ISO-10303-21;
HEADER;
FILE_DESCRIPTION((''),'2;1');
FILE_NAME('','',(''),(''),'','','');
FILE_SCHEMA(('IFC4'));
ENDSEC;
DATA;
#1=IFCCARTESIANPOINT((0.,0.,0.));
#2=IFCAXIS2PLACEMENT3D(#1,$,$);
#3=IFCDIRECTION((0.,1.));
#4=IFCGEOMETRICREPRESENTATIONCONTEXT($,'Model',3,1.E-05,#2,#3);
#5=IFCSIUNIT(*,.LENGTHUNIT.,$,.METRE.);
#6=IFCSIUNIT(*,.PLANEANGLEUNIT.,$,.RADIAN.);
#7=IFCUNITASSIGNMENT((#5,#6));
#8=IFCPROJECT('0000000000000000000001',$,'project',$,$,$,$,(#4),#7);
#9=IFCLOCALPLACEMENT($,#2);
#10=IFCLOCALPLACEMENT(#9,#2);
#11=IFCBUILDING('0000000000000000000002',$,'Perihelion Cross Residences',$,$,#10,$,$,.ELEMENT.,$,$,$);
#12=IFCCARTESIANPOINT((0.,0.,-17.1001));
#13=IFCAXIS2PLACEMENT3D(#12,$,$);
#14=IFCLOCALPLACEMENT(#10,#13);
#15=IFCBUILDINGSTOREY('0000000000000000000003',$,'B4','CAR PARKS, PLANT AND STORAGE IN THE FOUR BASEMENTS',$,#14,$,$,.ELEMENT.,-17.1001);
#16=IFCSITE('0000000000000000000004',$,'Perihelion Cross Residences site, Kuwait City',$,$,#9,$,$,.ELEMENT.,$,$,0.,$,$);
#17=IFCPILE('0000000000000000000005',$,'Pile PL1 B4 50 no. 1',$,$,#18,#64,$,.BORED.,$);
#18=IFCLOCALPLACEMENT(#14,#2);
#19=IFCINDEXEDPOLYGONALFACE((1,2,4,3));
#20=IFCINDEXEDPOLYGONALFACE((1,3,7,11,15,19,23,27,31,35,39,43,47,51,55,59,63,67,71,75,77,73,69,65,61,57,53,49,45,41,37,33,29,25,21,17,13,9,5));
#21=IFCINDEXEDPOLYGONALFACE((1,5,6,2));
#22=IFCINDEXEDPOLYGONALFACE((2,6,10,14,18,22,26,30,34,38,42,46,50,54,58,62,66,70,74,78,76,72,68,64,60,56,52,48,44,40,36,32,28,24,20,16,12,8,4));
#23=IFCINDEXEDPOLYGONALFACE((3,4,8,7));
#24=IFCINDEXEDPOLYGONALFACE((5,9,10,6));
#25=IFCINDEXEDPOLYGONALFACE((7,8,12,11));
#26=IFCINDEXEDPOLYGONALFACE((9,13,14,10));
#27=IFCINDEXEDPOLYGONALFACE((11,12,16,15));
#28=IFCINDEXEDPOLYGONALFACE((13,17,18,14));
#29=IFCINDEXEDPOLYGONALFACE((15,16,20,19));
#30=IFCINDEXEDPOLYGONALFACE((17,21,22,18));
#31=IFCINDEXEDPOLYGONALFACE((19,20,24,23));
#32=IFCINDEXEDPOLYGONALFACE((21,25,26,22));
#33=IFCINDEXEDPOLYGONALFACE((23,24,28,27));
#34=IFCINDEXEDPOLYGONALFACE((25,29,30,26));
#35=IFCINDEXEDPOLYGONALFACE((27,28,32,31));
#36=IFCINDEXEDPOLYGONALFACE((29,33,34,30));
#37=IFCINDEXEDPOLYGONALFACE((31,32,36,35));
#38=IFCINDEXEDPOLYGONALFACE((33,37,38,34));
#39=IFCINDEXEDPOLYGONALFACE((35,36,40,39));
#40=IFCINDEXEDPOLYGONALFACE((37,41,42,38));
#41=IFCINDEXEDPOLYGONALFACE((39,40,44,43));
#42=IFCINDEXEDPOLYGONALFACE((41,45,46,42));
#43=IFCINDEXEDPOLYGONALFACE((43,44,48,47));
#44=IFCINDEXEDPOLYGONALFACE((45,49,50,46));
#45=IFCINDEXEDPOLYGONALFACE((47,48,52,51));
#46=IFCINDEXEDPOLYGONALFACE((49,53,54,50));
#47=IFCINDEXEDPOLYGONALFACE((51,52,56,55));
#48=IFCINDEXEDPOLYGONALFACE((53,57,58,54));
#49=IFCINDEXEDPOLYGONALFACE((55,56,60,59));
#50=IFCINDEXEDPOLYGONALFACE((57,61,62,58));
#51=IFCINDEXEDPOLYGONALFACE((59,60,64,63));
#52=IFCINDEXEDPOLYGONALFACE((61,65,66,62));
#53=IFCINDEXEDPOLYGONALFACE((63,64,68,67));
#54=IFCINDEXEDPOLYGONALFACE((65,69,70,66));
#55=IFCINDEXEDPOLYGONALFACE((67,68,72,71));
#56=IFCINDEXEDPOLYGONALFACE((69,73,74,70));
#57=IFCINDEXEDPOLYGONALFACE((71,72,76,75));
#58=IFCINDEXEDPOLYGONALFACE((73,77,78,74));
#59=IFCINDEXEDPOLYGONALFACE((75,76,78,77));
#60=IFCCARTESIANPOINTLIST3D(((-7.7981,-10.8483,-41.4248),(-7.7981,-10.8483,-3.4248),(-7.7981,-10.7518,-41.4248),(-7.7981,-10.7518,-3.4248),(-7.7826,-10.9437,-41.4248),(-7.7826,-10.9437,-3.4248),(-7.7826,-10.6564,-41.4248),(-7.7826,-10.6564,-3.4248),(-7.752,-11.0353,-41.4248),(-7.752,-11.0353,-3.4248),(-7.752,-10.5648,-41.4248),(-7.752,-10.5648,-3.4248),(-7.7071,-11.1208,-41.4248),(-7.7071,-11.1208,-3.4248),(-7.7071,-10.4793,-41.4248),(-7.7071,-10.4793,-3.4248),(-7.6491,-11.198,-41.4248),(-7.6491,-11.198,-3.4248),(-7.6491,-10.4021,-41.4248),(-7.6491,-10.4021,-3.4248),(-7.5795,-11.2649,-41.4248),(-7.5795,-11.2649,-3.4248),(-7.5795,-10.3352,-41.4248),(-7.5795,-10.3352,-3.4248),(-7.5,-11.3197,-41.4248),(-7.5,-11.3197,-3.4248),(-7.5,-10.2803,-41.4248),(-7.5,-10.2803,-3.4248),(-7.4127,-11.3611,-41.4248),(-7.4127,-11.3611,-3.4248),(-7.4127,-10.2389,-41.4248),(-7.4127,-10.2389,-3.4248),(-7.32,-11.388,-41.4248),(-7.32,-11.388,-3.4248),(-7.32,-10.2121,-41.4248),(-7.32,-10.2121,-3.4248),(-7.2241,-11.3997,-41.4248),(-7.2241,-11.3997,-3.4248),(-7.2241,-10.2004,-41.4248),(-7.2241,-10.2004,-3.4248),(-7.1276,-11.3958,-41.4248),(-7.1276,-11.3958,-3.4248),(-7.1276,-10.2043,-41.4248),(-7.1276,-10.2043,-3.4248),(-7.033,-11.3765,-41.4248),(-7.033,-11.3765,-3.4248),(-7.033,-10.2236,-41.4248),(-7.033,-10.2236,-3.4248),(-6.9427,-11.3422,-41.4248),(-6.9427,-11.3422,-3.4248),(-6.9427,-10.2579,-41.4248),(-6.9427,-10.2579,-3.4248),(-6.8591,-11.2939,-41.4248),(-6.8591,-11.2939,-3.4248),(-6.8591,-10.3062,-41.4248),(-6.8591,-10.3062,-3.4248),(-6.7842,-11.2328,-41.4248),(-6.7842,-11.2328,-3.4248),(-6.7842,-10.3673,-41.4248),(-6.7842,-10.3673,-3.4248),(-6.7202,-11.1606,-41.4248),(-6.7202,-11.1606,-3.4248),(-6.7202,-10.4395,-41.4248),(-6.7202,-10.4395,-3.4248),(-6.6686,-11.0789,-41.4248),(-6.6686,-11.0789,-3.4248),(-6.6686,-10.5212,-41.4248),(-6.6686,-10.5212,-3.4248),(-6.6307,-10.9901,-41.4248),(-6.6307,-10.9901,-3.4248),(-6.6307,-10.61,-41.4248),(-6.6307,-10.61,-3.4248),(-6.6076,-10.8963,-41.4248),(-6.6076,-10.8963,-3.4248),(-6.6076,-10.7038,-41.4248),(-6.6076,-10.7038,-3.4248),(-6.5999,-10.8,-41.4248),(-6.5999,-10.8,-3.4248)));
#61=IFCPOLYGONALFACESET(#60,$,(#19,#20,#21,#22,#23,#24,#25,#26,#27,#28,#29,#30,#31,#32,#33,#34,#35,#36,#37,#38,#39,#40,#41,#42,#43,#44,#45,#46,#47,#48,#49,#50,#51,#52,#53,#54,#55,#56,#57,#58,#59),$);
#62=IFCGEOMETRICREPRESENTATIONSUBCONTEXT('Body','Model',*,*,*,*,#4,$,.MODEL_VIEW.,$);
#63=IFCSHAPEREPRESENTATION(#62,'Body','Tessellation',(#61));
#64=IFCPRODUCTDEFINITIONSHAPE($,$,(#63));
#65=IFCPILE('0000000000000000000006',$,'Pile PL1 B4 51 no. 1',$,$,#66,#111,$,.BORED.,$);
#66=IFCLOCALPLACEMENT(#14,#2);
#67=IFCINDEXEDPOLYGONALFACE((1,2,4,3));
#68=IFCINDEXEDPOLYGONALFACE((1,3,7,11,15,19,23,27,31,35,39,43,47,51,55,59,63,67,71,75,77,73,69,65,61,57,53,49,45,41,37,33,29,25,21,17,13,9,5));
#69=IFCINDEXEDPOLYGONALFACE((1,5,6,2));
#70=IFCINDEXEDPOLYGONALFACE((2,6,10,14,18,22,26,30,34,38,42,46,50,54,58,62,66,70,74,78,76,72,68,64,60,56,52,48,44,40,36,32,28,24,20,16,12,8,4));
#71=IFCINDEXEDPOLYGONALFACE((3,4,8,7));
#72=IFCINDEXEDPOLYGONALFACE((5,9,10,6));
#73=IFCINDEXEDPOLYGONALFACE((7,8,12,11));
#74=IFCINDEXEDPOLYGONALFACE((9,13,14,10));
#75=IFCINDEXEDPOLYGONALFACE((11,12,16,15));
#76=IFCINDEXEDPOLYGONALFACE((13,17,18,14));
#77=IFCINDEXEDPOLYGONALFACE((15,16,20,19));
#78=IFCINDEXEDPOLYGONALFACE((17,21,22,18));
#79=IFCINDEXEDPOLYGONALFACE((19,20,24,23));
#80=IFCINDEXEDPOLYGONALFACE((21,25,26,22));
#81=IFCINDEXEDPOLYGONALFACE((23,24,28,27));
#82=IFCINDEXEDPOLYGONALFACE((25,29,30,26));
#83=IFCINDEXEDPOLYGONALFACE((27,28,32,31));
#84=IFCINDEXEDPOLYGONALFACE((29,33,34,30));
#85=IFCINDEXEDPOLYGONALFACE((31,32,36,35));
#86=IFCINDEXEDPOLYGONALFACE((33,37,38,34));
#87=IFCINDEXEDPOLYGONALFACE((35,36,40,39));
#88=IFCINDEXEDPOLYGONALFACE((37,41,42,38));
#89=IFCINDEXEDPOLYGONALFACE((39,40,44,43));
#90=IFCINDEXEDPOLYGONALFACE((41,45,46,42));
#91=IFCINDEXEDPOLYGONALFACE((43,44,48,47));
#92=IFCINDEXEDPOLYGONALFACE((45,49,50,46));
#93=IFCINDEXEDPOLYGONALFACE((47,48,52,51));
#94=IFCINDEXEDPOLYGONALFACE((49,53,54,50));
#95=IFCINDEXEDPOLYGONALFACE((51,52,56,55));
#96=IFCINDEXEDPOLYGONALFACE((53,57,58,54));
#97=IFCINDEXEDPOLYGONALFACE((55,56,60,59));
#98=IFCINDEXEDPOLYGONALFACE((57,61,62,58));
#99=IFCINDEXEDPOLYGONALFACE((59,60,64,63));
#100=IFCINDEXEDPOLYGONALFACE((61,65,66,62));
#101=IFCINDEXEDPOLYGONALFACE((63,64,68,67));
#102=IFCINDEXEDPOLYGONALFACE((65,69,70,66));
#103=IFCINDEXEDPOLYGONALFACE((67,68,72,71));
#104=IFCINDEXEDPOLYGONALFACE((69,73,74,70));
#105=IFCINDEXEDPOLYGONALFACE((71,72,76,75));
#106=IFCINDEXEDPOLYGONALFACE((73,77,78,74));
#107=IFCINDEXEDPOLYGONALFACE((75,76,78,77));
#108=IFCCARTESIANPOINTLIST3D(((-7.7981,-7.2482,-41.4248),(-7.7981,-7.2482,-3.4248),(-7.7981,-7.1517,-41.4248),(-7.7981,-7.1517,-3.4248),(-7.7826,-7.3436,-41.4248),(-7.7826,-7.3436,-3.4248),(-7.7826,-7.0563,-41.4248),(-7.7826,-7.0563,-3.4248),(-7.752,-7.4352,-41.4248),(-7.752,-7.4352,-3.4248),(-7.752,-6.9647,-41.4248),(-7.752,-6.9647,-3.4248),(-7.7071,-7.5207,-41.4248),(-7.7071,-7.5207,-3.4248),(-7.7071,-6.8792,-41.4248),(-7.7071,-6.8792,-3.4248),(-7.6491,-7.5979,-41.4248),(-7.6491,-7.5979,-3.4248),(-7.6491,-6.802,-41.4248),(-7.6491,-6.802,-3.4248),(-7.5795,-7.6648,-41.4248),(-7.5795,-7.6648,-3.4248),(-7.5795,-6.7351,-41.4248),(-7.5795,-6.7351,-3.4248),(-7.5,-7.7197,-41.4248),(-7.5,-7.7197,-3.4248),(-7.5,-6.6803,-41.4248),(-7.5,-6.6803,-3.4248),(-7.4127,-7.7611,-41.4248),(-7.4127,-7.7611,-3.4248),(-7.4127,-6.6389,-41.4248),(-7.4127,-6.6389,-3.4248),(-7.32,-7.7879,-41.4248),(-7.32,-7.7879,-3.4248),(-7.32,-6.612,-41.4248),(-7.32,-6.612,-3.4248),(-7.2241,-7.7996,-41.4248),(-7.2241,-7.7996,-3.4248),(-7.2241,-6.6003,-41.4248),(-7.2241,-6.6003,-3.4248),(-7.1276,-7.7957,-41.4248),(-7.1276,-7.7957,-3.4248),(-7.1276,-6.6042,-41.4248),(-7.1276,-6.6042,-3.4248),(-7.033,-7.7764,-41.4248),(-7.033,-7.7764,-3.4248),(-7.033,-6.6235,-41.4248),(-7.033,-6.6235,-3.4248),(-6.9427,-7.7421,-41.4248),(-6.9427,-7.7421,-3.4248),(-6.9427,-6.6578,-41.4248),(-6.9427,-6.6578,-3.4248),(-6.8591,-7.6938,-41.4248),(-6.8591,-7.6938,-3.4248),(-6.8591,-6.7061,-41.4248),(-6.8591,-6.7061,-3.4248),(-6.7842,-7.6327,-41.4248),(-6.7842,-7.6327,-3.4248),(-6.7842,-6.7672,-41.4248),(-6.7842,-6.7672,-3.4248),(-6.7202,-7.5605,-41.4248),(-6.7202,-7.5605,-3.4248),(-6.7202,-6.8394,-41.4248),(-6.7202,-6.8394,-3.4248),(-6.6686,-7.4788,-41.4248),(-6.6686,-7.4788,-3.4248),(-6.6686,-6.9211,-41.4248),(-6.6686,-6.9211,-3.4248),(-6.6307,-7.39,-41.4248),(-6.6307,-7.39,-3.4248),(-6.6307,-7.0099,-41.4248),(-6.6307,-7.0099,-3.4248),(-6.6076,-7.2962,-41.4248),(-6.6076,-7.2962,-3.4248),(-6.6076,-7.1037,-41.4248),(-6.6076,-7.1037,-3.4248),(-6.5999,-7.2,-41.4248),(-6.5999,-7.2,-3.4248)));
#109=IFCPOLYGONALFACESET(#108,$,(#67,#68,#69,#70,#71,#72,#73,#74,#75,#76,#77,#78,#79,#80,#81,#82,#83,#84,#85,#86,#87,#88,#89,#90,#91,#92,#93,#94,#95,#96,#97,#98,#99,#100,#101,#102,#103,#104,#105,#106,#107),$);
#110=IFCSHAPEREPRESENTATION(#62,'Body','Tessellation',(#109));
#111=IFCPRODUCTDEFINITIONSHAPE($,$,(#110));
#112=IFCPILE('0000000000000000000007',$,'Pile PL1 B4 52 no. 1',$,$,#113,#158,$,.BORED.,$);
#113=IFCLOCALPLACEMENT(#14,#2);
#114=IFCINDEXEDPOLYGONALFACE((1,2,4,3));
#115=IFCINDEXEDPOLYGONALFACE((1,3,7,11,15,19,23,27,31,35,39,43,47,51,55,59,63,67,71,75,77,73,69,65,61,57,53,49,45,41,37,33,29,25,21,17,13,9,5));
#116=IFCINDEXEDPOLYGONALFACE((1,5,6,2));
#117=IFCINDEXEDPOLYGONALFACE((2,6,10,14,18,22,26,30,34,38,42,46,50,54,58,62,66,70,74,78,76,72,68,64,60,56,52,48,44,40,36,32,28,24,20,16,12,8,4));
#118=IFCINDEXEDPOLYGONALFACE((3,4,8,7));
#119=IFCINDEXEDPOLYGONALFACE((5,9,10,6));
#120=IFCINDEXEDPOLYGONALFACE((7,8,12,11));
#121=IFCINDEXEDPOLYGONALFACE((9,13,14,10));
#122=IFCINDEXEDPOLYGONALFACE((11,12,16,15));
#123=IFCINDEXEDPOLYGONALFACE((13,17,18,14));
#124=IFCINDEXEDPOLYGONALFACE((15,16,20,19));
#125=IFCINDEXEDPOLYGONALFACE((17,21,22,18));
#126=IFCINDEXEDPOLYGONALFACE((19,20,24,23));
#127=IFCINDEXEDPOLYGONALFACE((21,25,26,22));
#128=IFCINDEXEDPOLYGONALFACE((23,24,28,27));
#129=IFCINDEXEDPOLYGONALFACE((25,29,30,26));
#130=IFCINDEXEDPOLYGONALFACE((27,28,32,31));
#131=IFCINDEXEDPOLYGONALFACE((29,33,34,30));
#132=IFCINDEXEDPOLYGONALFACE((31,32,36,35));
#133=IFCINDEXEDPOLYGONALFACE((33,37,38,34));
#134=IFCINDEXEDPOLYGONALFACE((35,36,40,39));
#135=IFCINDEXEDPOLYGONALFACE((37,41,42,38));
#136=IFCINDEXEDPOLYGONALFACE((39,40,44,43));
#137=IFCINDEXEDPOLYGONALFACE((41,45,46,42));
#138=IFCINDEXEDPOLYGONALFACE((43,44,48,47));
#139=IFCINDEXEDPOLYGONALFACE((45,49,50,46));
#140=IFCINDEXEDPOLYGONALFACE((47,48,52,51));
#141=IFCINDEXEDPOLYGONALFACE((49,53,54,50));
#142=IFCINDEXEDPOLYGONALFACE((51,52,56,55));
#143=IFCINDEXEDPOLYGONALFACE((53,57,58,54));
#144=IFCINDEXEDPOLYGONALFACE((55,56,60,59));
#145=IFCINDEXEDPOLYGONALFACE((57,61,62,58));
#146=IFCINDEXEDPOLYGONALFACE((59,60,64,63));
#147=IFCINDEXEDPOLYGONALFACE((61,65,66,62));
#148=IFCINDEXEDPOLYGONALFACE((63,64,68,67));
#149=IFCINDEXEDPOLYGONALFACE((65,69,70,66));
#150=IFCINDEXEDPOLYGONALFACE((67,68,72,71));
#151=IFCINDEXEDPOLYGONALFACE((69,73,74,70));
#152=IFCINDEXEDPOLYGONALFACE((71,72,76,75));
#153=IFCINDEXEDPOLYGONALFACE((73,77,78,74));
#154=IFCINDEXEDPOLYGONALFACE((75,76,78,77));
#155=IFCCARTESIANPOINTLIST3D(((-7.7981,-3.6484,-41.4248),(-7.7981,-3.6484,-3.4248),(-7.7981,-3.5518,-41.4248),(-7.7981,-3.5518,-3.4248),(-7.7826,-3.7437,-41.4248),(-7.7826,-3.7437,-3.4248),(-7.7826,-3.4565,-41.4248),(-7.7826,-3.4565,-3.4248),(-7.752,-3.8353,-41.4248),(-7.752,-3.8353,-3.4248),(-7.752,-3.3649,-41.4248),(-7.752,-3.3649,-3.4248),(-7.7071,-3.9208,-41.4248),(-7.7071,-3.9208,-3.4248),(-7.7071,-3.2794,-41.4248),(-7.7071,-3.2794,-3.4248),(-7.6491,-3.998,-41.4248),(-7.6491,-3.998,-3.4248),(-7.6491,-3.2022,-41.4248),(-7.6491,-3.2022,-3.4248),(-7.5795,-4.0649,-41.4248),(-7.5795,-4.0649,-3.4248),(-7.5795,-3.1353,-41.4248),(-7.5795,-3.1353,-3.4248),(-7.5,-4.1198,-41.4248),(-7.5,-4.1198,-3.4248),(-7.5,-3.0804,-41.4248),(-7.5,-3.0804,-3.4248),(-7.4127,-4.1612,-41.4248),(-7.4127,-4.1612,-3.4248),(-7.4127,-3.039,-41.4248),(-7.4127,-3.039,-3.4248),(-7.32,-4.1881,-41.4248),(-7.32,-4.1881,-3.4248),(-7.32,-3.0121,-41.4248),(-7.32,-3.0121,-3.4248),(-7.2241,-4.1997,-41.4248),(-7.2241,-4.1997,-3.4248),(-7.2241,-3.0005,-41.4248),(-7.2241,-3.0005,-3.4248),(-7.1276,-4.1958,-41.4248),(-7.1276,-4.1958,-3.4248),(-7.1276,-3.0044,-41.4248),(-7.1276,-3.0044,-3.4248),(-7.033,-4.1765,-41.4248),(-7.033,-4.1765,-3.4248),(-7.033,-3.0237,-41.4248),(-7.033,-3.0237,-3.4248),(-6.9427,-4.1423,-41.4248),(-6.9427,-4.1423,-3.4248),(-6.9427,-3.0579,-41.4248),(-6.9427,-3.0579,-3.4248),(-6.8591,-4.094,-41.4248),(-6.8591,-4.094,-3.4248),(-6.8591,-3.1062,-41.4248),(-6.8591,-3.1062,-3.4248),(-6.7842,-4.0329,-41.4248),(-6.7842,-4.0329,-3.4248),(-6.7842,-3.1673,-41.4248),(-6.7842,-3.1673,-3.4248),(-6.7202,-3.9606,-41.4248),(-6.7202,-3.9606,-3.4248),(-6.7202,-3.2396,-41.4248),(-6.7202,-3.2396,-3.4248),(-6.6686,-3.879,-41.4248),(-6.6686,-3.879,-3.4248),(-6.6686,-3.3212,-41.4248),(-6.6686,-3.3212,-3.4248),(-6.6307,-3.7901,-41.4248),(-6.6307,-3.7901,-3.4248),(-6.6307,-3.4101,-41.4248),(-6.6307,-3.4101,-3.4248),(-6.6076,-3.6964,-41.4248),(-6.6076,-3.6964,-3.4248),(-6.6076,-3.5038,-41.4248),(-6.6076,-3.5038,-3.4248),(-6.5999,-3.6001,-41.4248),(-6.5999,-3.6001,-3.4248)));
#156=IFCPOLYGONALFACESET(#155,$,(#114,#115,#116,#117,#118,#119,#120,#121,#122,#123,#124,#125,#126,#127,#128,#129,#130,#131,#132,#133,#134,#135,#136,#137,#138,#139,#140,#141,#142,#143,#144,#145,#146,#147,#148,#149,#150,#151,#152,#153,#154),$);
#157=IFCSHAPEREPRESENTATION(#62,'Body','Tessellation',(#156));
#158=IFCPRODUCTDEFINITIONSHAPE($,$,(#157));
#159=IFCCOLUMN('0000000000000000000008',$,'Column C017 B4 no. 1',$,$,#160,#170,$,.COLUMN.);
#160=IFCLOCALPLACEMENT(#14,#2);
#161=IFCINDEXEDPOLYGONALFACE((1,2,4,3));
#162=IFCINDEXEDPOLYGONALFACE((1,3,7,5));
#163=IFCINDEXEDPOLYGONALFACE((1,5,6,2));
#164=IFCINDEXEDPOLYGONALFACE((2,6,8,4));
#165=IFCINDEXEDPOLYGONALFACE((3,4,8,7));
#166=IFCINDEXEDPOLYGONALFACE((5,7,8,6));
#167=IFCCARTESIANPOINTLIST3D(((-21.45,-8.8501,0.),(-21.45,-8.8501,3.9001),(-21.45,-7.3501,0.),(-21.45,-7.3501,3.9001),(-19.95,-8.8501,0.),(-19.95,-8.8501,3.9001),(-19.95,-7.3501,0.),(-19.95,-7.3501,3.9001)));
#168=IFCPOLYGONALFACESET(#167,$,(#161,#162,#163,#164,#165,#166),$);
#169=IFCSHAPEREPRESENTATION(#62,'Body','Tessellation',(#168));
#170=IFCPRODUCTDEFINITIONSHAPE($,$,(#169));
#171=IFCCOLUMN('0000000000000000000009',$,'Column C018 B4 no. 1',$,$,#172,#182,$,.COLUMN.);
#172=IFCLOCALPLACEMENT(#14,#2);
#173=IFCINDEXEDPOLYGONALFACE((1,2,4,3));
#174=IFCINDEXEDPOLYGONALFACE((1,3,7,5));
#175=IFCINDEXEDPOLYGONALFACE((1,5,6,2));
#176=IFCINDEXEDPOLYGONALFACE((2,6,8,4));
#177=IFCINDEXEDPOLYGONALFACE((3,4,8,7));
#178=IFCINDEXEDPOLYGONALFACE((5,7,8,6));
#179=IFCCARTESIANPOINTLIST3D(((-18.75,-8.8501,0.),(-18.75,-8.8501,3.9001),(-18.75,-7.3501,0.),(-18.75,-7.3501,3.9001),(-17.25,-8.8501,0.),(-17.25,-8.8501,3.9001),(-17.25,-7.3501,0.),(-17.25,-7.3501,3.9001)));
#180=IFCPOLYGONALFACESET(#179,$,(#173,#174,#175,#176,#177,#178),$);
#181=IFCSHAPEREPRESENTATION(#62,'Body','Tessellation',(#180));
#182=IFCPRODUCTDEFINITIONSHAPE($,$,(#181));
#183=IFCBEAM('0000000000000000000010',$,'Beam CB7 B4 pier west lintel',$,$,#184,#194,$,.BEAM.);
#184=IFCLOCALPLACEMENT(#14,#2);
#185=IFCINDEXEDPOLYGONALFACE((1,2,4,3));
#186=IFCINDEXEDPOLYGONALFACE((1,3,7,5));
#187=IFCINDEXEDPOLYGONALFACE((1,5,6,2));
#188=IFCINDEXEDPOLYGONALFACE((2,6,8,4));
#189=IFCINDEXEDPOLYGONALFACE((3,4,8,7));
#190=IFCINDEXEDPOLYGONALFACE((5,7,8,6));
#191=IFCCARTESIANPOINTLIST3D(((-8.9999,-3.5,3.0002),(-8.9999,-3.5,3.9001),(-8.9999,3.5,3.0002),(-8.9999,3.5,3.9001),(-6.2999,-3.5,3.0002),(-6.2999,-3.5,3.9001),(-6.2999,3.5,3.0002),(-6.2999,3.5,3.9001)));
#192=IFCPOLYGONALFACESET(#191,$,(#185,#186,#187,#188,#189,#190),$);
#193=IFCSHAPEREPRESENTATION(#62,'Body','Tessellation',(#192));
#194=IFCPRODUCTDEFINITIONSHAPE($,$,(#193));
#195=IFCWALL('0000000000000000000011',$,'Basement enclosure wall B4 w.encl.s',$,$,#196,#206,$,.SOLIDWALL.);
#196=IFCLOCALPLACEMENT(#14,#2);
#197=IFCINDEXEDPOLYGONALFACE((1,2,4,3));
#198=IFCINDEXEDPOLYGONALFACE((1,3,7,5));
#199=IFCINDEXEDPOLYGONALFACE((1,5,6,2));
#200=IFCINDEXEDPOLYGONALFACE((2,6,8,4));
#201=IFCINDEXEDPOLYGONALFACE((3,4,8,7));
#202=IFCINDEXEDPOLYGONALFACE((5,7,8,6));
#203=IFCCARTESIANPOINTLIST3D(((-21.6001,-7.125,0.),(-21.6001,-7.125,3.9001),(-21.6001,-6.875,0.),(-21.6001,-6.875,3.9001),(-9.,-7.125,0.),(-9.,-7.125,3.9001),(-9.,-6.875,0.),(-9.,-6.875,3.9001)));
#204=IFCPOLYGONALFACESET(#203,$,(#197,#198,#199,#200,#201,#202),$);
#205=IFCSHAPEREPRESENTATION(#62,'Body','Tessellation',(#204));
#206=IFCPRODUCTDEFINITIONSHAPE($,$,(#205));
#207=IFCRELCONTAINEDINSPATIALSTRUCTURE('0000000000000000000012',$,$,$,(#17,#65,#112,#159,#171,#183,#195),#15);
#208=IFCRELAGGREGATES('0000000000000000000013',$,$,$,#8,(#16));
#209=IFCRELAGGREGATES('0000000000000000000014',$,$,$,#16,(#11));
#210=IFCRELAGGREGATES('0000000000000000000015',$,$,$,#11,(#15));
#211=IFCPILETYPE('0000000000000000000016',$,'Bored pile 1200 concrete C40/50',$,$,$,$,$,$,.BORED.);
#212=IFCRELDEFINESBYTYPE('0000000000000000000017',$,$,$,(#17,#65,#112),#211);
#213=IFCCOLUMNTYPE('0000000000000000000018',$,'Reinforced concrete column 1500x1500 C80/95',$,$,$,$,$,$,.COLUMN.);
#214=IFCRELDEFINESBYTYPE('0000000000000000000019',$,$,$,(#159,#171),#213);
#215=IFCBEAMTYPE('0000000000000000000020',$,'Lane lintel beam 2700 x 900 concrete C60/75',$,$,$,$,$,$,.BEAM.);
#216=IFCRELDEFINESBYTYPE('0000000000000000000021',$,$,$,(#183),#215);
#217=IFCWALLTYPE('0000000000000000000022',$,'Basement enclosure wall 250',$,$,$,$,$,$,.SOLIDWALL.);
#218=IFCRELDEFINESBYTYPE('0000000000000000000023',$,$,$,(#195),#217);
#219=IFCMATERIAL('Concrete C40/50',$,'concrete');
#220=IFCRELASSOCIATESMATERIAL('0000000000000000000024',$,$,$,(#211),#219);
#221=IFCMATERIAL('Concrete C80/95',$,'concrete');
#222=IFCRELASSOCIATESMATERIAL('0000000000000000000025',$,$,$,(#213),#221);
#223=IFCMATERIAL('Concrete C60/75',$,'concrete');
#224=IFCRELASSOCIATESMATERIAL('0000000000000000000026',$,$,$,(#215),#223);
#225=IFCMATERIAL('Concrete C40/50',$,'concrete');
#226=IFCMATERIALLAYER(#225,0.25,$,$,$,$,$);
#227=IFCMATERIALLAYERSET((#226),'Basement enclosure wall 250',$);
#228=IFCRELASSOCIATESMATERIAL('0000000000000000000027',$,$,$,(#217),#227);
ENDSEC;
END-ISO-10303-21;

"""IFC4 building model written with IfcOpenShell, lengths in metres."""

from ifc_helpers import new_model, si_unit, direction, frame, frame_2d, origin, origin_2d, place, context, subcontext, project, spatial, rectangle, circle, extrude, material, layer, layer_set, material_profile, profile_set, type_object, element, save


model = new_model("IFC4")

# Units and contexts
model_context = context("Model", 3, precision=1e-05, world=origin(), true_north=direction((0.0, 1.0)))
body_context = subcontext(model_context, "Body", "Model", "MODEL_VIEW")
ifc_project = project(units=[si_unit("LENGTHUNIT", "METRE"), si_unit("PLANEANGLEUNIT", "RADIAN")], contexts=[model_context])

# Site, building, storey
site_placement = place(None, origin())
site = spatial("IfcSite", under=ifc_project, at=site_placement, Name="Perihelion Cross Residences site, Kuwait City", CompositionType="ELEMENT", RefElevation=0.0)
building_placement = place(site_placement, origin())
building = spatial("IfcBuilding", under=site, at=building_placement, Name="Perihelion Cross Residences", CompositionType="ELEMENT")
storey_placement = place(building_placement, frame((0.0, 0.0, -17.1001)))
storey = spatial("IfcBuildingStorey", under=building, at=storey_placement, Name="B4", Description="CAR PARKS, PLANT AND STORAGE IN THE FOUR BASEMENTS", CompositionType="ELEMENT", Elevation=-17.1001)

# Piles
ifc_material_1 = material(Name="Concrete C40/50", Category="concrete")
pile_type = type_object("IfcPileType", Name="Bored pile 1200 concrete C40/50", PredefinedType="BORED", material=ifc_material_1)
for number, where, z_axis, x_axis, name in (
    (1, (-7.2, -10.8, -3.4248), (0.0, 0.0, -1.0), (1.0, 0.0, 0.0), "Pile PL1 B4 50 no. 1"),
    (2, (-7.2, -7.2, -3.4248), (0.0, 0.0, -1.0), (1.0, 0.0, 0.0), "Pile PL1 B4 51 no. 1"),
    (3, (-7.2, -3.6001, -3.4248), (0.0, 0.0, -1.0), (1.0, 0.0, 0.0), "Pile PL1 B4 52 no. 1"),
):
    element("IfcPile", number, at=place(storey_placement, frame(where, z_axis=z_axis, x_axis=x_axis)), inside=storey, type_object=pile_type, Name=name, PredefinedType="BORED", context=body_context, shape_type="SweptSolid", body=[
        extrude(circle(Radius=0.6001, at=origin_2d()), origin(), (0.0, 0.0, 1.0), 38.0),
    ])

# Columns
ifc_material_2 = material(Name="Concrete C80/95", Category="concrete")
ifc_material_profile_1 = material_profile(ifc_material_2, rectangle(XDim=1.5, YDim=1.5, at=origin_2d()), Name="RC 1500x1500")
ifc_profile_set_1 = profile_set([ifc_material_profile_1], Name="Concrete C80/95")
column_type = type_object("IfcColumnType", Name="Reinforced concrete column 1500x1500 C80/95", PredefinedType="COLUMN", material=ifc_profile_set_1)
for number, where, z_axis, x_axis, name in (
    (4, (-20.7, -8.1001, 0.0), (0.0, 0.0, 1.0), (1.0, 0.0, 0.0), "Column C017 B4 no. 1"),
    (5, (-18.0, -8.1001, 0.0), (0.0, 0.0, 1.0), (1.0, 0.0, 0.0), "Column C018 B4 no. 1"),
):
    element("IfcColumn", number, at=place(storey_placement, frame(where, z_axis=z_axis, x_axis=x_axis)), inside=storey, type_object=column_type, Name=name, PredefinedType="COLUMN", context=body_context, shape_type="SweptSolid", body=[
        extrude(rectangle(XDim=1.5, YDim=1.5, at=origin_2d()), origin(), (0.0, 0.0, 1.0), 3.9001),
    ])

# Beam
ifc_material_3 = material(Name="Concrete C60/75", Category="concrete")
ifc_material_profile_2 = material_profile(ifc_material_3, rectangle(XDim=2.7, YDim=0.8999, at=origin_2d()), Name="Lane lintel beam 2700 x 900 concrete C60/75")
ifc_profile_set_2 = profile_set([ifc_material_profile_2], Name="Concrete C60/75")
beam_type = type_object("IfcBeamType", Name="Lane lintel beam 2700 x 900 concrete C60/75", PredefinedType="BEAM", material=ifc_profile_set_2)
beam_placement = place(storey_placement, frame((-7.6499, -3.5, 3.4502), z_axis=(0.0, 1.0, 0.0), x_axis=(-1.0, 0.0, 0.0)))
element("IfcBeam", 6, at=beam_placement, inside=storey, type_object=beam_type, Name="Beam CB7 B4 pier west lintel", PredefinedType="BEAM", context=body_context, shape_type="SweptSolid", body=[
    extrude(rectangle(XDim=2.7, YDim=0.8999, at=origin_2d()), origin(), (0.0, 0.0, 1.0), 7.0),
])

# Wall
ifc_material_4 = material(Name="Concrete C40/50", Category="concrete")
ifc_layer_1 = layer(ifc_material_4, 0.25)
ifc_layer_set_1 = layer_set([ifc_layer_1], Name="Basement enclosure wall 250")
wall_type_1 = type_object("IfcWallType", Name="Basement enclosure wall 250", PredefinedType="SOLIDWALL", material=ifc_layer_set_1)
wall_1_placement = place(storey_placement, frame((-9.0, -7.0, 0.0), z_axis=(0.0, 0.0, 1.0), x_axis=(-1.0, 0.0, 0.0)))
element("IfcWall", 7, at=wall_1_placement, inside=storey, type_object=wall_type_1, Name="Basement enclosure wall B4 w.encl.s", PredefinedType="SOLIDWALL", context=body_context, shape_type="SweptSolid", body=[
    extrude(rectangle(XDim=12.6001, YDim=0.25, at=frame_2d((6.3, 0.0))), origin(), (0.0, 0.0, 1.0), 3.9001),
])

save(model, "model.ifc")
